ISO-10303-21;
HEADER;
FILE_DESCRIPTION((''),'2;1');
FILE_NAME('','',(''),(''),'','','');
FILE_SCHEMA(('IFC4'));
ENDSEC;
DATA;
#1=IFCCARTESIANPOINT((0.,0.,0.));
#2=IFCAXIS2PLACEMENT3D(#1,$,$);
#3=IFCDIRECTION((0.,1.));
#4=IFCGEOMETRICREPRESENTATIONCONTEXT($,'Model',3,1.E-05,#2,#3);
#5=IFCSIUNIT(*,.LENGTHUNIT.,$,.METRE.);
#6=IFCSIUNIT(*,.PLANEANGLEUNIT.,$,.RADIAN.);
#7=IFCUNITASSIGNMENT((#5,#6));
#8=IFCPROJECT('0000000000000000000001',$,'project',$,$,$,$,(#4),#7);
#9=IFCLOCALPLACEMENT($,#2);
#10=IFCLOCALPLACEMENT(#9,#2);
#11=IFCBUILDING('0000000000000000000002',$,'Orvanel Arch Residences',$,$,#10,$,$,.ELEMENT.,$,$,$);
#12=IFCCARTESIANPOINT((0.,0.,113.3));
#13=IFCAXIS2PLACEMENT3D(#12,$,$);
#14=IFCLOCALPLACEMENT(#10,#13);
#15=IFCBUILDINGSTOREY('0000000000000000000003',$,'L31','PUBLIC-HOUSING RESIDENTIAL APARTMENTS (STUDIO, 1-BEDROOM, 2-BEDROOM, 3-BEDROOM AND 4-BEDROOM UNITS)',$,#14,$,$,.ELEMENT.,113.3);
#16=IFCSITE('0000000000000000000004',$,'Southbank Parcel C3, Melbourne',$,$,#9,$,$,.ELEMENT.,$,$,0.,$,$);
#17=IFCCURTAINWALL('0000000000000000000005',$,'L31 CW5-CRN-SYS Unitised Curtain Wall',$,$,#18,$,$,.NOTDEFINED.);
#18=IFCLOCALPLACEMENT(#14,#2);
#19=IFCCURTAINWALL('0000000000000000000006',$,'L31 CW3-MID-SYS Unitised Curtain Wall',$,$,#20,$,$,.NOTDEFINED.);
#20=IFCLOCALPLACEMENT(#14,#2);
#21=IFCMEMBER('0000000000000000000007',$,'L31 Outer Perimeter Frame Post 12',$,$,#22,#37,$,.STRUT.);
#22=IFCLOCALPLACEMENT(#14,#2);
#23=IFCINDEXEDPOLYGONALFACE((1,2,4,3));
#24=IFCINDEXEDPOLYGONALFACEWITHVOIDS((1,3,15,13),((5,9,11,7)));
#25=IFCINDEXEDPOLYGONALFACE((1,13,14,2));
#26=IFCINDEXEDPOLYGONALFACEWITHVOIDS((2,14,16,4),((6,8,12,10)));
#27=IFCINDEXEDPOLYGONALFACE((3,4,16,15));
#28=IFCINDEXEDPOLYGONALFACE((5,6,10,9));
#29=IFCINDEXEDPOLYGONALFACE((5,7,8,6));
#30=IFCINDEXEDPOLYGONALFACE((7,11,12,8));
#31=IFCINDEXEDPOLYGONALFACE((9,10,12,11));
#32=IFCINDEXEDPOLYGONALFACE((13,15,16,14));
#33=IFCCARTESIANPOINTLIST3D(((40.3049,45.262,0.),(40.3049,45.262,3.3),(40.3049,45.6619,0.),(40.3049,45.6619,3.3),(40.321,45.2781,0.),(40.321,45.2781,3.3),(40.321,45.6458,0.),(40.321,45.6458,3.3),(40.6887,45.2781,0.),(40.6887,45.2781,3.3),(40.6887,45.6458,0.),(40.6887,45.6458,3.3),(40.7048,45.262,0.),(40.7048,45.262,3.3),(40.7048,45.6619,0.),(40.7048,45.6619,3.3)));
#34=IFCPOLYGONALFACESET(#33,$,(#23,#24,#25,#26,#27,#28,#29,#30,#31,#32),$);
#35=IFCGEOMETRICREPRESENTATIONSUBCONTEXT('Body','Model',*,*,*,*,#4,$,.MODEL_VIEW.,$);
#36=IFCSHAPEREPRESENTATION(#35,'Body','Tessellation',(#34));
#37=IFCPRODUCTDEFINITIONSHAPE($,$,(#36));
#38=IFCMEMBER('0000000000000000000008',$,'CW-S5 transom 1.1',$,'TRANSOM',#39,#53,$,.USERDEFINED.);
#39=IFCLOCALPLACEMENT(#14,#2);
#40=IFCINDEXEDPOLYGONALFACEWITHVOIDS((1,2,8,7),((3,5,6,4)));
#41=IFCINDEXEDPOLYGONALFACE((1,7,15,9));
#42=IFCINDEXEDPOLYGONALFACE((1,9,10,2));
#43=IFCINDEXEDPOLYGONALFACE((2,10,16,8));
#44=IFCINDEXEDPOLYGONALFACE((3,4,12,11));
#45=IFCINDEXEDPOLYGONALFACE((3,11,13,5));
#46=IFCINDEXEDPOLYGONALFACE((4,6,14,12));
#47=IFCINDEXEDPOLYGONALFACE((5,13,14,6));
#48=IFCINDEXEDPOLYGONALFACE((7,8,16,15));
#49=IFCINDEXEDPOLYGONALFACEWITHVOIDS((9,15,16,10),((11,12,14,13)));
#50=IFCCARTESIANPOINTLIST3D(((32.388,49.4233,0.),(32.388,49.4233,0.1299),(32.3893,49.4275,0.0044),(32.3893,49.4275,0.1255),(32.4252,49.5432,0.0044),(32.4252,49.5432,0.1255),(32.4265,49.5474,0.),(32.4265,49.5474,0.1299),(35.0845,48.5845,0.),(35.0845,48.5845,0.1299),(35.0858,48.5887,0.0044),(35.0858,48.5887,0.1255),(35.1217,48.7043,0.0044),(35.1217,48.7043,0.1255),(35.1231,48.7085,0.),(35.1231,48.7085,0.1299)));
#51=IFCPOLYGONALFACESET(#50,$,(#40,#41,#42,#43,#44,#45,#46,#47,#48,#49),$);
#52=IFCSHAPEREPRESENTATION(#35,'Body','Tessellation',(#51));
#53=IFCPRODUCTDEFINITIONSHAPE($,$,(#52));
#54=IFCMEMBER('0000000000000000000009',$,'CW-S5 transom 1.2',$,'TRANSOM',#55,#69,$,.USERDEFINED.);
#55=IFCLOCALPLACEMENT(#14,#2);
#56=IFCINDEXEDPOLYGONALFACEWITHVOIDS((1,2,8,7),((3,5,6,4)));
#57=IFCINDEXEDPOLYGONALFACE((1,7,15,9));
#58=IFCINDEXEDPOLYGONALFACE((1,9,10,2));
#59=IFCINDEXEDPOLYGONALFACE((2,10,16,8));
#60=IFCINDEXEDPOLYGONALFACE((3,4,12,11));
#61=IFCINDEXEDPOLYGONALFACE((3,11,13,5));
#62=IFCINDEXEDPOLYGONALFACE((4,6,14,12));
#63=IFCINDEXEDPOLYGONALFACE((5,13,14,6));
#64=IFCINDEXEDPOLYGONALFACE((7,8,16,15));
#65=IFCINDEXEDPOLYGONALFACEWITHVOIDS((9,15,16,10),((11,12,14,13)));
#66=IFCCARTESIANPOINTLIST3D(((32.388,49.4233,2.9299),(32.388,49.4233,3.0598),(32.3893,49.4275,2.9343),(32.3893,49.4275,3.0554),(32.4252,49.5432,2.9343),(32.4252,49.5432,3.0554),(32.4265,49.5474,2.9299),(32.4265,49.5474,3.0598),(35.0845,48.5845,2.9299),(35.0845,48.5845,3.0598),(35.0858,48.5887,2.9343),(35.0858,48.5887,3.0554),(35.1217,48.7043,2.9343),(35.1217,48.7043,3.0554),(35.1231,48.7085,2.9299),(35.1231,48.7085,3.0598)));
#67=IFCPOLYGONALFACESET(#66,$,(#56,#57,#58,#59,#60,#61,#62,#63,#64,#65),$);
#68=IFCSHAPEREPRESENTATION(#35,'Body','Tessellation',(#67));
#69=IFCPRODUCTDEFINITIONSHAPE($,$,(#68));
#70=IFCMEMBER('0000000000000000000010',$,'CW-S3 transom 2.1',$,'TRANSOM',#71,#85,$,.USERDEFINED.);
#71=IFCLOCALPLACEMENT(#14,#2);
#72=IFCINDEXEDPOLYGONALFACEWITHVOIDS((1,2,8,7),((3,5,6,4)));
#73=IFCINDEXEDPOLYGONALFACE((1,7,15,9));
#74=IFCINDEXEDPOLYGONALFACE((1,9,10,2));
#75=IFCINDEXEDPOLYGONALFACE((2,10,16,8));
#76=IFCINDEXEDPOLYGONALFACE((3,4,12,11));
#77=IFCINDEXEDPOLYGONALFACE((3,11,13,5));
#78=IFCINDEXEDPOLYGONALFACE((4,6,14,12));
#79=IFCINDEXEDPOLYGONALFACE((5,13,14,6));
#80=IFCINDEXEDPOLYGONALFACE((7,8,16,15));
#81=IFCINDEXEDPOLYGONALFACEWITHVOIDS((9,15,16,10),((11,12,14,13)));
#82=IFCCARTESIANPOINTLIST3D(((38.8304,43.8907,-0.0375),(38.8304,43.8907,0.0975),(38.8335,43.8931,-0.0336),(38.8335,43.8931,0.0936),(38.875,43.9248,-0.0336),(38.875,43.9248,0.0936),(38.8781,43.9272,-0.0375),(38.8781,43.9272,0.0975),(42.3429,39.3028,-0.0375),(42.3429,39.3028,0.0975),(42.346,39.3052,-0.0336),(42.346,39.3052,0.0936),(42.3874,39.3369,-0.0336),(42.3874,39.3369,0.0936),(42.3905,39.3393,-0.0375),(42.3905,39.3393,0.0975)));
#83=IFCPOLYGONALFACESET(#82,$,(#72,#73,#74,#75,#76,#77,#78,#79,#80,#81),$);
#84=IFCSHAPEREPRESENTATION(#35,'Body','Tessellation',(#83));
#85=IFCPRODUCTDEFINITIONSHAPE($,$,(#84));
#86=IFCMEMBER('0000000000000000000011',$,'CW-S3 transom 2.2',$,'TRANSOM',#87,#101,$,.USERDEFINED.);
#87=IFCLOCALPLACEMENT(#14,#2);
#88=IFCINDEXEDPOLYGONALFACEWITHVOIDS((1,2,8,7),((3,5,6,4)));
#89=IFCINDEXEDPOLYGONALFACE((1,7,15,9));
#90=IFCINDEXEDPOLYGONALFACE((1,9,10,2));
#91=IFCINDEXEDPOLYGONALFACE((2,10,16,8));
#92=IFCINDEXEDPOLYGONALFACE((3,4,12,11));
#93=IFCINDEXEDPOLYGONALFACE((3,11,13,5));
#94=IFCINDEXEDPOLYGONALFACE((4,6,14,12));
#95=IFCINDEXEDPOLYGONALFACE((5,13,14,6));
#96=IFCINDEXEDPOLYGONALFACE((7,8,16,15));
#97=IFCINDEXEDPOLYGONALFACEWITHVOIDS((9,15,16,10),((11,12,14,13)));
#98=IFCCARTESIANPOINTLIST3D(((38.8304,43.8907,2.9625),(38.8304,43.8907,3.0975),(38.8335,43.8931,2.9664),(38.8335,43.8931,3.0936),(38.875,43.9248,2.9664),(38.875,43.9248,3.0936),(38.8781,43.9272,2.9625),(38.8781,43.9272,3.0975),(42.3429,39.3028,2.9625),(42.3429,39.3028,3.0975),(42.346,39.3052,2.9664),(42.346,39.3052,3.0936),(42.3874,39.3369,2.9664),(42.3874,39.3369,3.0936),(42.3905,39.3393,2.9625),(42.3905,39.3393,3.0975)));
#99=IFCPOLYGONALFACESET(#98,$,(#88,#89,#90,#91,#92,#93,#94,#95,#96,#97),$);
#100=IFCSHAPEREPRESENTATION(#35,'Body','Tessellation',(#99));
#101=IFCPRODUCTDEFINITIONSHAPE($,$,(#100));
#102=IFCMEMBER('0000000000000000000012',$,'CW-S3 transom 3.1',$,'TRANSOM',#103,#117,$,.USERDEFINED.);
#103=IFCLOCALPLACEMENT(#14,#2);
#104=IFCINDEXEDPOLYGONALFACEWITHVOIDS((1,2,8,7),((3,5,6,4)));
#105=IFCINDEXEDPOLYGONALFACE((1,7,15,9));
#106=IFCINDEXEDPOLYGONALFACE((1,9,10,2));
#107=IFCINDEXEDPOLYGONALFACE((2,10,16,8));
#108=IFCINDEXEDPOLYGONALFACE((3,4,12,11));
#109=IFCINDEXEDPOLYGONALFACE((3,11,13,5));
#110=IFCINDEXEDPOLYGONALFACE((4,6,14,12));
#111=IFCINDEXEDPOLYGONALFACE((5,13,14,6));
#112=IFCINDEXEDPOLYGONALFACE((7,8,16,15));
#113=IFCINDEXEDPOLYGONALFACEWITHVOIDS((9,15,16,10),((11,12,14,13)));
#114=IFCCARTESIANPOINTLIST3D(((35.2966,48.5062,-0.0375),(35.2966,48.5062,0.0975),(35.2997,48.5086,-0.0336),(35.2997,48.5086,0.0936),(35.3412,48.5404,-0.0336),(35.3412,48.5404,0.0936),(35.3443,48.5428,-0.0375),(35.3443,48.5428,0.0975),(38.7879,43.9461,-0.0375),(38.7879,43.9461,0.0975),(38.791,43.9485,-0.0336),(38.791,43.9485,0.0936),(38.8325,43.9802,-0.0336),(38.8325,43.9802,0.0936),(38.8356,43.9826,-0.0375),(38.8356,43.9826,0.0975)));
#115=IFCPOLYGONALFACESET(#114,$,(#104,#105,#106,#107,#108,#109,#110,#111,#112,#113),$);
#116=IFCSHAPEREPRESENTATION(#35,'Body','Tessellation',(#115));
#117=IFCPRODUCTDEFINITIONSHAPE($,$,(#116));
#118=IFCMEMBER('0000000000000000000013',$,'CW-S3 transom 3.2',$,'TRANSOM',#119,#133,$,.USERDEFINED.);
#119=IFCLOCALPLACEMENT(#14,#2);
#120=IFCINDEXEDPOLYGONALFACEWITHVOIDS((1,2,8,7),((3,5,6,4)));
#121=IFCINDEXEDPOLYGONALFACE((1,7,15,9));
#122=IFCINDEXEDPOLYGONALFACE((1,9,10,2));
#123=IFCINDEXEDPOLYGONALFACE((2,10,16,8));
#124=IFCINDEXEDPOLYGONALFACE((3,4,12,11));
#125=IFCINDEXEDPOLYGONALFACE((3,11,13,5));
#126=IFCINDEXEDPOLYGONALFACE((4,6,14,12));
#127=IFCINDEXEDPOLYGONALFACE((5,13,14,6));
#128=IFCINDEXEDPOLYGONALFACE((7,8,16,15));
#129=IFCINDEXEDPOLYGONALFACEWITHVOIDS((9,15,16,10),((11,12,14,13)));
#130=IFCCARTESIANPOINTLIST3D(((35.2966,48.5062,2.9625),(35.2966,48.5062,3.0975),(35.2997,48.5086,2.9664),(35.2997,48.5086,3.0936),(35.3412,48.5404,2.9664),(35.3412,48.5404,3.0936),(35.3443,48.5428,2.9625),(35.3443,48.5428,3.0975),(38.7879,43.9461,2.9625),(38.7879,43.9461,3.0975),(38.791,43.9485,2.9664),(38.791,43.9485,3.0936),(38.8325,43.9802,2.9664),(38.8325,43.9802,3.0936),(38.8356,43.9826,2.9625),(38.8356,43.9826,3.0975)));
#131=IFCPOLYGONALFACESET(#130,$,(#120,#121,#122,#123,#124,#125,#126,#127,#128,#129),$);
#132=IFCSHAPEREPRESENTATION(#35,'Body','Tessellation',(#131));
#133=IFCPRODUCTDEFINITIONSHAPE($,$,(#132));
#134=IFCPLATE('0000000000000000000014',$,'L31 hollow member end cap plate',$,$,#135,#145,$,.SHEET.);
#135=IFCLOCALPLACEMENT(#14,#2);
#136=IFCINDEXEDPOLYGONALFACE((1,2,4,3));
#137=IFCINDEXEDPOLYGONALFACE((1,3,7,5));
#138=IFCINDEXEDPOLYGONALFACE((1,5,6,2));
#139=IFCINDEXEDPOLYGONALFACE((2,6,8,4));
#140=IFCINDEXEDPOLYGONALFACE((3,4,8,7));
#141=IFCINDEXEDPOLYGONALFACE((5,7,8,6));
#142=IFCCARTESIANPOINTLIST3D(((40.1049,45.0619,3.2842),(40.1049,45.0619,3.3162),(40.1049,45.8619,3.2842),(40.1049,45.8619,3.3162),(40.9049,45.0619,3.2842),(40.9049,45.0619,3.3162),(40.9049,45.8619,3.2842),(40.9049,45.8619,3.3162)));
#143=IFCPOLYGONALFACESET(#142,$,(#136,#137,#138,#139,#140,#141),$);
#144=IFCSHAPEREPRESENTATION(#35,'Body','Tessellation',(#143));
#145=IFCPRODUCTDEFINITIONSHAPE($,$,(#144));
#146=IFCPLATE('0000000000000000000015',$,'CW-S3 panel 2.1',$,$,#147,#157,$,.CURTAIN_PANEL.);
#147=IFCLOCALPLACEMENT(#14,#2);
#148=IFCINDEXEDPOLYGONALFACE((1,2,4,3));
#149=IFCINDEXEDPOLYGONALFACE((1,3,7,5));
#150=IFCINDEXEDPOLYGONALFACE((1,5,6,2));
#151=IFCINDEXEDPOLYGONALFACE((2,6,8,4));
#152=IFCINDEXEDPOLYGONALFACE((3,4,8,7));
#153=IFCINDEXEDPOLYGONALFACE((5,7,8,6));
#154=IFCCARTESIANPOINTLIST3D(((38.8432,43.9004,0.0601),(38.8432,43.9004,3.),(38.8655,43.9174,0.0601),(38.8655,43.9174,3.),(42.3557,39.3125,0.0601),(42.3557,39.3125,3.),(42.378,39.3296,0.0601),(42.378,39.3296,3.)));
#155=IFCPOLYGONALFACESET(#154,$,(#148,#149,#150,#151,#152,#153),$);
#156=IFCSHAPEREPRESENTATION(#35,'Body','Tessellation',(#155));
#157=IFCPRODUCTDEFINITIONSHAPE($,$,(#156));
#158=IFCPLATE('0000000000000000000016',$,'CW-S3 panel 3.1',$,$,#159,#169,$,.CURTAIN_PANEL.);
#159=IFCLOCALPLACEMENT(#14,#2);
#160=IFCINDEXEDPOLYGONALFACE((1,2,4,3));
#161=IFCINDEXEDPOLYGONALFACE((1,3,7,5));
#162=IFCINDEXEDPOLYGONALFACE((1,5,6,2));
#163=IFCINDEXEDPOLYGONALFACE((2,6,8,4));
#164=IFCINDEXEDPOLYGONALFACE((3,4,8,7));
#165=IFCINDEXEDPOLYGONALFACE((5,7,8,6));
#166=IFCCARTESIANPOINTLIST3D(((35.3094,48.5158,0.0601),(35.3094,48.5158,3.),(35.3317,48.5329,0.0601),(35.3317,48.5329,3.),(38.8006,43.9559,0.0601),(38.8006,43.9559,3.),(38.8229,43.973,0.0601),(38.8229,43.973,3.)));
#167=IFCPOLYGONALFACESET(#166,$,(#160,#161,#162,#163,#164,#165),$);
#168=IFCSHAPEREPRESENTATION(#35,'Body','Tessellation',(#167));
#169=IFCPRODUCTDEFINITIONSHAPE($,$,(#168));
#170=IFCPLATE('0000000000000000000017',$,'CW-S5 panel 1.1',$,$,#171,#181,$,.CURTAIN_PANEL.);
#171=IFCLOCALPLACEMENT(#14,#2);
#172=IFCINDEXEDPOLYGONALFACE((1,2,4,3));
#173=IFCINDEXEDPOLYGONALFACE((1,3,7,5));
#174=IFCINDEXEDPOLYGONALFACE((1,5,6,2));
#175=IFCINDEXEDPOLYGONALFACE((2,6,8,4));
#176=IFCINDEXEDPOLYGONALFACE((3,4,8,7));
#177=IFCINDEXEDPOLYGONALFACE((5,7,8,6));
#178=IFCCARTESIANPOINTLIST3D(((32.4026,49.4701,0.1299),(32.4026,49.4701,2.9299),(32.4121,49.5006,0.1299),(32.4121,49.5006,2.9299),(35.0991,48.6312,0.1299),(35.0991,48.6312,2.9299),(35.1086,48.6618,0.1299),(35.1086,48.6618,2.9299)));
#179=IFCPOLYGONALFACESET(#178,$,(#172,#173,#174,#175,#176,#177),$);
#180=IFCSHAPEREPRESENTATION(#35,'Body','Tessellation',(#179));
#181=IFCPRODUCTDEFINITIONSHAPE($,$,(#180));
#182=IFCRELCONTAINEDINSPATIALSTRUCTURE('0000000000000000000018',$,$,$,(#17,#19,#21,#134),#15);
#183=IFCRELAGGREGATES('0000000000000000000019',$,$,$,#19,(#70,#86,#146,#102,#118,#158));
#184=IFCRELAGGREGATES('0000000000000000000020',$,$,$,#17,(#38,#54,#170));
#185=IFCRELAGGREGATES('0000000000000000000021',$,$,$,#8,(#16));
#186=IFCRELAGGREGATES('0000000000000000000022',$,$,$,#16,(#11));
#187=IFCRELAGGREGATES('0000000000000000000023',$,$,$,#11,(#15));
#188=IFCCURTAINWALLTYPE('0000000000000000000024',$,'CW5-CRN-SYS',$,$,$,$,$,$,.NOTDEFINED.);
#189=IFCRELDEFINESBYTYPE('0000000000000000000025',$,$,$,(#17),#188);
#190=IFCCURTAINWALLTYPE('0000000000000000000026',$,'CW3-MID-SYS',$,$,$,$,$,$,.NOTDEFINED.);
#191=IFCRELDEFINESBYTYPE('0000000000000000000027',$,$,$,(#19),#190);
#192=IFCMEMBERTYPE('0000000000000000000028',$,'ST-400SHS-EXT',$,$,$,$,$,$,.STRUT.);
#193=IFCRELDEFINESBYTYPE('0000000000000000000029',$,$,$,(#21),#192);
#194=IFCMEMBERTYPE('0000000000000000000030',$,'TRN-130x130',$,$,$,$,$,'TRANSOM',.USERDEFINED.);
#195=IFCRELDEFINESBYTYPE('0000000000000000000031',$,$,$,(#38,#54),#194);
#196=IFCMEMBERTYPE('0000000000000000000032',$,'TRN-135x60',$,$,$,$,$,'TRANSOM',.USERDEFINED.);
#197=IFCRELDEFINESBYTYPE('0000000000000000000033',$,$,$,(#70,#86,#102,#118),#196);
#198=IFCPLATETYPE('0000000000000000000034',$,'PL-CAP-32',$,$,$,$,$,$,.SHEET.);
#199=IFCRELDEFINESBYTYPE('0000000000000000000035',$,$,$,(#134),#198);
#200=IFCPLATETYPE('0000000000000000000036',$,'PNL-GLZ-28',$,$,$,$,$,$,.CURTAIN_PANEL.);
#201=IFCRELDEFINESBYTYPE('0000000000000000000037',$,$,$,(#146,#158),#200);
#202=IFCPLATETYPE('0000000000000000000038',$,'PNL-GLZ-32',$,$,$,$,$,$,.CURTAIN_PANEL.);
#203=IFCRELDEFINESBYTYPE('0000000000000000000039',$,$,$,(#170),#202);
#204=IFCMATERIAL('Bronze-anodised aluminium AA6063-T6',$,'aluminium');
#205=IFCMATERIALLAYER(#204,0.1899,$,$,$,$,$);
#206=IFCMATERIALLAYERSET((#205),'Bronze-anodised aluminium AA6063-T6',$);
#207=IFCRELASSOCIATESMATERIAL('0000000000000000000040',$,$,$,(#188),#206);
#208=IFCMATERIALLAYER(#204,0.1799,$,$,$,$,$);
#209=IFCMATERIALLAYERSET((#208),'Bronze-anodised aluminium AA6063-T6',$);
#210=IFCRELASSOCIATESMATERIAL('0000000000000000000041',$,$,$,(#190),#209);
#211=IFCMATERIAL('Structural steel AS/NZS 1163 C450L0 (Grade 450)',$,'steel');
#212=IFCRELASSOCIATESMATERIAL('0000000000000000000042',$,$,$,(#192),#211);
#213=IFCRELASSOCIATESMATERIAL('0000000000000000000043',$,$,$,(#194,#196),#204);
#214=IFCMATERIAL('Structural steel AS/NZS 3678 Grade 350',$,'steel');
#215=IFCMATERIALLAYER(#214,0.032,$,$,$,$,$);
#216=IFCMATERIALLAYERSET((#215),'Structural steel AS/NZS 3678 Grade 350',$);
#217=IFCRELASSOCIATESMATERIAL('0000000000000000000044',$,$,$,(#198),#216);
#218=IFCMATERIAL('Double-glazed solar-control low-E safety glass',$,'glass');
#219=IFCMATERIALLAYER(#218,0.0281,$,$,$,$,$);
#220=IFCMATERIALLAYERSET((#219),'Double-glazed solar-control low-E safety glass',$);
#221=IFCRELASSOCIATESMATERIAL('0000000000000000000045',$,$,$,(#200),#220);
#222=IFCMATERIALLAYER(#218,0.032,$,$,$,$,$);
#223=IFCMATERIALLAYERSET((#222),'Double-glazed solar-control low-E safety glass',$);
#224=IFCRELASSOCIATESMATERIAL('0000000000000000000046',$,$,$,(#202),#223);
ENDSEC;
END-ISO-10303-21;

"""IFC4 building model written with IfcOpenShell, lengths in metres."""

from ifc_helpers import new_model, si_unit, direction, frame, origin, origin_2d, place, context, subcontext, project, spatial, rectangle, hollow_rectangle, extrude, material, layer, layer_set, material_profile, profile_set, type_object, element, aggregate, save


model = new_model("IFC4")

# Units and contexts
model_context = context("Model", 3, precision=1e-05, world=origin(), true_north=direction((0.0, 1.0)))
body_context = subcontext(model_context, "Body", "Model", "MODEL_VIEW")
ifc_project = project(units=[si_unit("LENGTHUNIT", "METRE"), si_unit("PLANEANGLEUNIT", "RADIAN")], contexts=[model_context])

# Site, building, storey
site_placement = place(None, origin())
site = spatial("IfcSite", under=ifc_project, at=site_placement, Name="Southbank Parcel C3, Melbourne", CompositionType="ELEMENT", RefElevation=0.0)
building_placement = place(site_placement, origin())
building = spatial("IfcBuilding", under=site, at=building_placement, Name="Orvanel Arch Residences", CompositionType="ELEMENT")
storey_placement = place(building_placement, frame((0.0, 0.0, 113.3)))
storey = spatial("IfcBuildingStorey", under=building, at=storey_placement, Name="L31", Description="PUBLIC-HOUSING RESIDENTIAL APARTMENTS (STUDIO, 1-BEDROOM, 2-BEDROOM, 3-BEDROOM AND 4-BEDROOM UNITS)", CompositionType="ELEMENT", Elevation=113.3)

# Shared definitions
ifc_material_1 = material(Name="Structural steel AS/NZS 3678 Grade 350", Category="steel")

# Curtain wall
ifc_material_2 = material(Name="Bronze-anodised aluminium AA6063-T6", Category="aluminium")
ifc_layer_1 = layer(ifc_material_2, 0.1899)
ifc_layer_set_1 = layer_set([ifc_layer_1], Name="Bronze-anodised aluminium AA6063-T6")
curtain_wall_type_1 = type_object("IfcCurtainWallType", Name="CW5-CRN-SYS", PredefinedType="NOTDEFINED", material=ifc_layer_set_1)
curtain_wall_1_placement = place(storey_placement, origin())
curtain_wall_1 = element("IfcCurtainWall", 1, at=curtain_wall_1_placement, inside=storey, type_object=curtain_wall_type_1, Name="L31 CW5-CRN-SYS Unitised Curtain Wall", PredefinedType="NOTDEFINED")

# Curtain wall
ifc_layer_2 = layer(ifc_material_2, 0.1799)
ifc_layer_set_2 = layer_set([ifc_layer_2], Name="Bronze-anodised aluminium AA6063-T6")
curtain_wall_type_2 = type_object("IfcCurtainWallType", Name="CW3-MID-SYS", PredefinedType="NOTDEFINED", material=ifc_layer_set_2)
curtain_wall_2_placement = place(storey_placement, origin())
curtain_wall_2 = element("IfcCurtainWall", 2, at=curtain_wall_2_placement, inside=storey, type_object=curtain_wall_type_2, Name="L31 CW3-MID-SYS Unitised Curtain Wall", PredefinedType="NOTDEFINED")

# Members
ifc_material_3 = material(Name="Structural steel AS/NZS 1163 C450L0 (Grade 450)", Category="steel")
ifc_material_profile_1 = material_profile(ifc_material_3, hollow_rectangle(XDim=0.3999, YDim=0.3999, WallThickness=0.0161, at=origin_2d()), Name="SHS400x400x16")
ifc_profile_set_1 = profile_set([ifc_material_profile_1], Name="Structural steel AS/NZS 1163 C450L0 (Grade 450)")
member_type_1 = type_object("IfcMemberType", Name="ST-400SHS-EXT", PredefinedType="STRUT", material=ifc_profile_set_1)
member_1_placement = place(storey_placement, frame((40.5049, 45.4619, 0.0), z_axis=(0.0, 0.0, 1.0), x_axis=(1.0, 0.0, 0.0)))
element("IfcMember", 3, at=member_1_placement, inside=storey, type_object=member_type_1, Name="L31 Outer Perimeter Frame Post 12", PredefinedType="STRUT", context=body_context, shape_type="SweptSolid", body=[
    extrude(hollow_rectangle(XDim=0.3999, YDim=0.3999, WallThickness=0.0161, at=origin_2d()), origin(), (0.0, 0.0, 1.0), 3.3),
])
ifc_material_profile_2 = material_profile(ifc_material_2, hollow_rectangle(XDim=0.1299, YDim=0.1299, WallThickness=0.0044, at=origin_2d()), Name="ALU130x130x4.5")
ifc_profile_set_2 = profile_set([ifc_material_profile_2], Name="Bronze-anodised aluminium AA6063-T6")
member_type_2 = type_object("IfcMemberType", Name="TRN-130x130", ElementType="TRANSOM", PredefinedType="USERDEFINED", material=ifc_profile_set_2)
member_2_placement = place(storey_placement, frame((35.1038, 48.6465, 0.0649), z_axis=(-0.954862, 0.297049, 0.0), x_axis=(-0.297049, -0.954862, 0.0)))
member_2 = element("IfcMember", 4, at=member_2_placement, type_object=member_type_2, Name="CW-S5 transom 1.1", ObjectType="TRANSOM", PredefinedType="USERDEFINED", context=body_context, shape_type="SweptSolid", body=[
    extrude(hollow_rectangle(XDim=0.1299, YDim=0.1299, WallThickness=0.0044, at=origin_2d()), origin(), (0.0, 0.0, 1.0), 2.824),
])
member_3_placement = place(storey_placement, frame((35.1038, 48.6465, 2.9949), z_axis=(-0.954862, 0.297049, 0.0), x_axis=(-0.297049, -0.954862, 0.0)))
member_3 = element("IfcMember", 5, at=member_3_placement, type_object=member_type_2, Name="CW-S5 transom 1.2", ObjectType="TRANSOM", PredefinedType="USERDEFINED", context=body_context, shape_type="SweptSolid", body=[
    extrude(hollow_rectangle(XDim=0.1299, YDim=0.1299, WallThickness=0.0044, at=origin_2d()), origin(), (0.0, 0.0, 1.0), 2.824),
])
ifc_material_profile_3 = material_profile(ifc_material_2, hollow_rectangle(XDim=0.0601, YDim=0.135, WallThickness=0.0039, at=origin_2d()), Name="ALU135x60x4")
ifc_profile_set_3 = profile_set([ifc_material_profile_3], Name="Bronze-anodised aluminium AA6063-T6")
member_type_3 = type_object("IfcMemberType", Name="TRN-135x60", ElementType="TRANSOM", PredefinedType="USERDEFINED", material=ifc_profile_set_3)
member_4_placement = place(storey_placement, frame((42.3667, 39.321, 0.03), z_axis=(-0.607894, 0.794018, 0.0), x_axis=(-0.794018, -0.607894, 0.0)))
member_4 = element("IfcMember", 6, at=member_4_placement, type_object=member_type_3, Name="CW-S3 transom 2.1", ObjectType="TRANSOM", PredefinedType="USERDEFINED", context=body_context, shape_type="SweptSolid", body=[
    extrude(hollow_rectangle(XDim=0.0601, YDim=0.135, WallThickness=0.0039, at=origin_2d()), origin(), (0.0, 0.0, 1.0), 5.7781),
])
member_5_placement = place(storey_placement, frame((42.3667, 39.321, 3.03), z_axis=(-0.607894, 0.794018, 0.0), x_axis=(-0.794018, -0.607894, 0.0)))
member_5 = element("IfcMember", 7, at=member_5_placement, type_object=member_type_3, Name="CW-S3 transom 2.2", ObjectType="TRANSOM", PredefinedType="USERDEFINED", context=body_context, shape_type="SweptSolid", body=[
    extrude(hollow_rectangle(XDim=0.0601, YDim=0.135, WallThickness=0.0039, at=origin_2d()), origin(), (0.0, 0.0, 1.0), 5.7781),
])
member_6_placement = place(storey_placement, frame((38.8118, 43.9644, 0.03), z_axis=(-0.607901, 0.794013, 0.0), x_axis=(-0.794013, -0.607901, 0.0)))
member_6 = element("IfcMember", 8, at=member_6_placement, type_object=member_type_3, Name="CW-S3 transom 3.1", ObjectType="TRANSOM", PredefinedType="USERDEFINED", context=body_context, shape_type="SweptSolid", body=[
    extrude(hollow_rectangle(XDim=0.0601, YDim=0.135, WallThickness=0.0039, at=origin_2d()), origin(), (0.0, 0.0, 1.0), 5.7432),
])
member_7_placement = place(storey_placement, frame((38.8118, 43.9644, 3.03), z_axis=(-0.607901, 0.794013, 0.0), x_axis=(-0.794013, -0.607901, 0.0)))
member_7 = element("IfcMember", 9, at=member_7_placement, type_object=member_type_3, Name="CW-S3 transom 3.2", ObjectType="TRANSOM", PredefinedType="USERDEFINED", context=body_context, shape_type="SweptSolid", body=[
    extrude(hollow_rectangle(XDim=0.0601, YDim=0.135, WallThickness=0.0039, at=origin_2d()), origin(), (0.0, 0.0, 1.0), 5.7432),
])

# Plates
ifc_layer_3 = layer(ifc_material_1, 0.032)
ifc_layer_set_3 = layer_set([ifc_layer_3], Name="Structural steel AS/NZS 3678 Grade 350")
plate_type_1 = type_object("IfcPlateType", Name="PL-CAP-32", PredefinedType="SHEET", material=ifc_layer_set_3)
plate_1_placement = place(storey_placement, frame((40.5049, 45.4619, 3.2842), z_axis=(0.0, 0.0, 1.0), x_axis=(1.0, 0.0, 0.0)))
element("IfcPlate", 10, at=plate_1_placement, inside=storey, type_object=plate_type_1, Name="L31 hollow member end cap plate", PredefinedType="SHEET", context=body_context, shape_type="SweptSolid", body=[
    extrude(rectangle(XDim=0.8, YDim=0.8, at=origin_2d()), origin(), (0.0, 0.0, 1.0), 0.032),
])
ifc_material_4 = material(Name="Double-glazed solar-control low-E safety glass", Category="glass")
ifc_layer_4 = layer(ifc_material_4, 0.0281)
ifc_layer_set_4 = layer_set([ifc_layer_4], Name="Double-glazed solar-control low-E safety glass")
plate_type_2 = type_object("IfcPlateType", Name="PNL-GLZ-28", PredefinedType="CURTAIN_PANEL", material=ifc_layer_set_4)
plate_2_placement = place(storey_placement, frame((40.6106, 41.615, 0.0601), z_axis=(0.0, 0.0, 1.0), x_axis=(-0.607905, 0.79401, 0.0)))
plate_2 = element("IfcPlate", 11, at=plate_2_placement, type_object=plate_type_2, Name="CW-S3 panel 2.1", PredefinedType="CURTAIN_PANEL", context=body_context, shape_type="SweptSolid", body=[
    extrude(rectangle(XDim=5.7781, YDim=0.0281, at=origin_2d()), origin(), (0.0, 0.0, 1.0), 2.9399),
])
plate_3_placement = place(storey_placement, frame((37.0662, 46.2444, 0.0601), z_axis=(0.0, 0.0, 1.0), x_axis=(-0.607905, 0.79401, 0.0)))
plate_3 = element("IfcPlate", 12, at=plate_3_placement, type_object=plate_type_2, Name="CW-S3 panel 3.1", PredefinedType="CURTAIN_PANEL", context=body_context, shape_type="SweptSolid", body=[
    extrude(rectangle(XDim=5.7429, YDim=0.0281, at=origin_2d()), origin(), (0.0, 0.0, 1.0), 2.9399),
])
aggregate(curtain_wall_2, [member_4, member_5, plate_2, member_6, member_7, plate_3])
ifc_layer_5 = layer(ifc_material_4, 0.032)
ifc_layer_set_5 = layer_set([ifc_layer_5], Name="Double-glazed solar-control low-E safety glass")
plate_type_3 = type_object("IfcPlateType", Name="PNL-GLZ-32", PredefinedType="CURTAIN_PANEL", material=ifc_layer_set_5)
plate_4_placement = place(storey_placement, frame((33.7556, 49.0659, 0.1299), z_axis=(0.0, 0.0, 1.0), x_axis=(-0.954861, 0.297054, 0.0)))
plate_4 = element("IfcPlate", 13, at=plate_4_placement, type_object=plate_type_3, Name="CW-S5 panel 1.1", PredefinedType="CURTAIN_PANEL", context=body_context, shape_type="SweptSolid", body=[
    extrude(rectangle(XDim=2.824, YDim=0.032, at=origin_2d()), origin(), (0.0, 0.0, 1.0), 2.8),
])
aggregate(curtain_wall_1, [member_2, member_3, plate_4])

save(model, "model.ifc")
